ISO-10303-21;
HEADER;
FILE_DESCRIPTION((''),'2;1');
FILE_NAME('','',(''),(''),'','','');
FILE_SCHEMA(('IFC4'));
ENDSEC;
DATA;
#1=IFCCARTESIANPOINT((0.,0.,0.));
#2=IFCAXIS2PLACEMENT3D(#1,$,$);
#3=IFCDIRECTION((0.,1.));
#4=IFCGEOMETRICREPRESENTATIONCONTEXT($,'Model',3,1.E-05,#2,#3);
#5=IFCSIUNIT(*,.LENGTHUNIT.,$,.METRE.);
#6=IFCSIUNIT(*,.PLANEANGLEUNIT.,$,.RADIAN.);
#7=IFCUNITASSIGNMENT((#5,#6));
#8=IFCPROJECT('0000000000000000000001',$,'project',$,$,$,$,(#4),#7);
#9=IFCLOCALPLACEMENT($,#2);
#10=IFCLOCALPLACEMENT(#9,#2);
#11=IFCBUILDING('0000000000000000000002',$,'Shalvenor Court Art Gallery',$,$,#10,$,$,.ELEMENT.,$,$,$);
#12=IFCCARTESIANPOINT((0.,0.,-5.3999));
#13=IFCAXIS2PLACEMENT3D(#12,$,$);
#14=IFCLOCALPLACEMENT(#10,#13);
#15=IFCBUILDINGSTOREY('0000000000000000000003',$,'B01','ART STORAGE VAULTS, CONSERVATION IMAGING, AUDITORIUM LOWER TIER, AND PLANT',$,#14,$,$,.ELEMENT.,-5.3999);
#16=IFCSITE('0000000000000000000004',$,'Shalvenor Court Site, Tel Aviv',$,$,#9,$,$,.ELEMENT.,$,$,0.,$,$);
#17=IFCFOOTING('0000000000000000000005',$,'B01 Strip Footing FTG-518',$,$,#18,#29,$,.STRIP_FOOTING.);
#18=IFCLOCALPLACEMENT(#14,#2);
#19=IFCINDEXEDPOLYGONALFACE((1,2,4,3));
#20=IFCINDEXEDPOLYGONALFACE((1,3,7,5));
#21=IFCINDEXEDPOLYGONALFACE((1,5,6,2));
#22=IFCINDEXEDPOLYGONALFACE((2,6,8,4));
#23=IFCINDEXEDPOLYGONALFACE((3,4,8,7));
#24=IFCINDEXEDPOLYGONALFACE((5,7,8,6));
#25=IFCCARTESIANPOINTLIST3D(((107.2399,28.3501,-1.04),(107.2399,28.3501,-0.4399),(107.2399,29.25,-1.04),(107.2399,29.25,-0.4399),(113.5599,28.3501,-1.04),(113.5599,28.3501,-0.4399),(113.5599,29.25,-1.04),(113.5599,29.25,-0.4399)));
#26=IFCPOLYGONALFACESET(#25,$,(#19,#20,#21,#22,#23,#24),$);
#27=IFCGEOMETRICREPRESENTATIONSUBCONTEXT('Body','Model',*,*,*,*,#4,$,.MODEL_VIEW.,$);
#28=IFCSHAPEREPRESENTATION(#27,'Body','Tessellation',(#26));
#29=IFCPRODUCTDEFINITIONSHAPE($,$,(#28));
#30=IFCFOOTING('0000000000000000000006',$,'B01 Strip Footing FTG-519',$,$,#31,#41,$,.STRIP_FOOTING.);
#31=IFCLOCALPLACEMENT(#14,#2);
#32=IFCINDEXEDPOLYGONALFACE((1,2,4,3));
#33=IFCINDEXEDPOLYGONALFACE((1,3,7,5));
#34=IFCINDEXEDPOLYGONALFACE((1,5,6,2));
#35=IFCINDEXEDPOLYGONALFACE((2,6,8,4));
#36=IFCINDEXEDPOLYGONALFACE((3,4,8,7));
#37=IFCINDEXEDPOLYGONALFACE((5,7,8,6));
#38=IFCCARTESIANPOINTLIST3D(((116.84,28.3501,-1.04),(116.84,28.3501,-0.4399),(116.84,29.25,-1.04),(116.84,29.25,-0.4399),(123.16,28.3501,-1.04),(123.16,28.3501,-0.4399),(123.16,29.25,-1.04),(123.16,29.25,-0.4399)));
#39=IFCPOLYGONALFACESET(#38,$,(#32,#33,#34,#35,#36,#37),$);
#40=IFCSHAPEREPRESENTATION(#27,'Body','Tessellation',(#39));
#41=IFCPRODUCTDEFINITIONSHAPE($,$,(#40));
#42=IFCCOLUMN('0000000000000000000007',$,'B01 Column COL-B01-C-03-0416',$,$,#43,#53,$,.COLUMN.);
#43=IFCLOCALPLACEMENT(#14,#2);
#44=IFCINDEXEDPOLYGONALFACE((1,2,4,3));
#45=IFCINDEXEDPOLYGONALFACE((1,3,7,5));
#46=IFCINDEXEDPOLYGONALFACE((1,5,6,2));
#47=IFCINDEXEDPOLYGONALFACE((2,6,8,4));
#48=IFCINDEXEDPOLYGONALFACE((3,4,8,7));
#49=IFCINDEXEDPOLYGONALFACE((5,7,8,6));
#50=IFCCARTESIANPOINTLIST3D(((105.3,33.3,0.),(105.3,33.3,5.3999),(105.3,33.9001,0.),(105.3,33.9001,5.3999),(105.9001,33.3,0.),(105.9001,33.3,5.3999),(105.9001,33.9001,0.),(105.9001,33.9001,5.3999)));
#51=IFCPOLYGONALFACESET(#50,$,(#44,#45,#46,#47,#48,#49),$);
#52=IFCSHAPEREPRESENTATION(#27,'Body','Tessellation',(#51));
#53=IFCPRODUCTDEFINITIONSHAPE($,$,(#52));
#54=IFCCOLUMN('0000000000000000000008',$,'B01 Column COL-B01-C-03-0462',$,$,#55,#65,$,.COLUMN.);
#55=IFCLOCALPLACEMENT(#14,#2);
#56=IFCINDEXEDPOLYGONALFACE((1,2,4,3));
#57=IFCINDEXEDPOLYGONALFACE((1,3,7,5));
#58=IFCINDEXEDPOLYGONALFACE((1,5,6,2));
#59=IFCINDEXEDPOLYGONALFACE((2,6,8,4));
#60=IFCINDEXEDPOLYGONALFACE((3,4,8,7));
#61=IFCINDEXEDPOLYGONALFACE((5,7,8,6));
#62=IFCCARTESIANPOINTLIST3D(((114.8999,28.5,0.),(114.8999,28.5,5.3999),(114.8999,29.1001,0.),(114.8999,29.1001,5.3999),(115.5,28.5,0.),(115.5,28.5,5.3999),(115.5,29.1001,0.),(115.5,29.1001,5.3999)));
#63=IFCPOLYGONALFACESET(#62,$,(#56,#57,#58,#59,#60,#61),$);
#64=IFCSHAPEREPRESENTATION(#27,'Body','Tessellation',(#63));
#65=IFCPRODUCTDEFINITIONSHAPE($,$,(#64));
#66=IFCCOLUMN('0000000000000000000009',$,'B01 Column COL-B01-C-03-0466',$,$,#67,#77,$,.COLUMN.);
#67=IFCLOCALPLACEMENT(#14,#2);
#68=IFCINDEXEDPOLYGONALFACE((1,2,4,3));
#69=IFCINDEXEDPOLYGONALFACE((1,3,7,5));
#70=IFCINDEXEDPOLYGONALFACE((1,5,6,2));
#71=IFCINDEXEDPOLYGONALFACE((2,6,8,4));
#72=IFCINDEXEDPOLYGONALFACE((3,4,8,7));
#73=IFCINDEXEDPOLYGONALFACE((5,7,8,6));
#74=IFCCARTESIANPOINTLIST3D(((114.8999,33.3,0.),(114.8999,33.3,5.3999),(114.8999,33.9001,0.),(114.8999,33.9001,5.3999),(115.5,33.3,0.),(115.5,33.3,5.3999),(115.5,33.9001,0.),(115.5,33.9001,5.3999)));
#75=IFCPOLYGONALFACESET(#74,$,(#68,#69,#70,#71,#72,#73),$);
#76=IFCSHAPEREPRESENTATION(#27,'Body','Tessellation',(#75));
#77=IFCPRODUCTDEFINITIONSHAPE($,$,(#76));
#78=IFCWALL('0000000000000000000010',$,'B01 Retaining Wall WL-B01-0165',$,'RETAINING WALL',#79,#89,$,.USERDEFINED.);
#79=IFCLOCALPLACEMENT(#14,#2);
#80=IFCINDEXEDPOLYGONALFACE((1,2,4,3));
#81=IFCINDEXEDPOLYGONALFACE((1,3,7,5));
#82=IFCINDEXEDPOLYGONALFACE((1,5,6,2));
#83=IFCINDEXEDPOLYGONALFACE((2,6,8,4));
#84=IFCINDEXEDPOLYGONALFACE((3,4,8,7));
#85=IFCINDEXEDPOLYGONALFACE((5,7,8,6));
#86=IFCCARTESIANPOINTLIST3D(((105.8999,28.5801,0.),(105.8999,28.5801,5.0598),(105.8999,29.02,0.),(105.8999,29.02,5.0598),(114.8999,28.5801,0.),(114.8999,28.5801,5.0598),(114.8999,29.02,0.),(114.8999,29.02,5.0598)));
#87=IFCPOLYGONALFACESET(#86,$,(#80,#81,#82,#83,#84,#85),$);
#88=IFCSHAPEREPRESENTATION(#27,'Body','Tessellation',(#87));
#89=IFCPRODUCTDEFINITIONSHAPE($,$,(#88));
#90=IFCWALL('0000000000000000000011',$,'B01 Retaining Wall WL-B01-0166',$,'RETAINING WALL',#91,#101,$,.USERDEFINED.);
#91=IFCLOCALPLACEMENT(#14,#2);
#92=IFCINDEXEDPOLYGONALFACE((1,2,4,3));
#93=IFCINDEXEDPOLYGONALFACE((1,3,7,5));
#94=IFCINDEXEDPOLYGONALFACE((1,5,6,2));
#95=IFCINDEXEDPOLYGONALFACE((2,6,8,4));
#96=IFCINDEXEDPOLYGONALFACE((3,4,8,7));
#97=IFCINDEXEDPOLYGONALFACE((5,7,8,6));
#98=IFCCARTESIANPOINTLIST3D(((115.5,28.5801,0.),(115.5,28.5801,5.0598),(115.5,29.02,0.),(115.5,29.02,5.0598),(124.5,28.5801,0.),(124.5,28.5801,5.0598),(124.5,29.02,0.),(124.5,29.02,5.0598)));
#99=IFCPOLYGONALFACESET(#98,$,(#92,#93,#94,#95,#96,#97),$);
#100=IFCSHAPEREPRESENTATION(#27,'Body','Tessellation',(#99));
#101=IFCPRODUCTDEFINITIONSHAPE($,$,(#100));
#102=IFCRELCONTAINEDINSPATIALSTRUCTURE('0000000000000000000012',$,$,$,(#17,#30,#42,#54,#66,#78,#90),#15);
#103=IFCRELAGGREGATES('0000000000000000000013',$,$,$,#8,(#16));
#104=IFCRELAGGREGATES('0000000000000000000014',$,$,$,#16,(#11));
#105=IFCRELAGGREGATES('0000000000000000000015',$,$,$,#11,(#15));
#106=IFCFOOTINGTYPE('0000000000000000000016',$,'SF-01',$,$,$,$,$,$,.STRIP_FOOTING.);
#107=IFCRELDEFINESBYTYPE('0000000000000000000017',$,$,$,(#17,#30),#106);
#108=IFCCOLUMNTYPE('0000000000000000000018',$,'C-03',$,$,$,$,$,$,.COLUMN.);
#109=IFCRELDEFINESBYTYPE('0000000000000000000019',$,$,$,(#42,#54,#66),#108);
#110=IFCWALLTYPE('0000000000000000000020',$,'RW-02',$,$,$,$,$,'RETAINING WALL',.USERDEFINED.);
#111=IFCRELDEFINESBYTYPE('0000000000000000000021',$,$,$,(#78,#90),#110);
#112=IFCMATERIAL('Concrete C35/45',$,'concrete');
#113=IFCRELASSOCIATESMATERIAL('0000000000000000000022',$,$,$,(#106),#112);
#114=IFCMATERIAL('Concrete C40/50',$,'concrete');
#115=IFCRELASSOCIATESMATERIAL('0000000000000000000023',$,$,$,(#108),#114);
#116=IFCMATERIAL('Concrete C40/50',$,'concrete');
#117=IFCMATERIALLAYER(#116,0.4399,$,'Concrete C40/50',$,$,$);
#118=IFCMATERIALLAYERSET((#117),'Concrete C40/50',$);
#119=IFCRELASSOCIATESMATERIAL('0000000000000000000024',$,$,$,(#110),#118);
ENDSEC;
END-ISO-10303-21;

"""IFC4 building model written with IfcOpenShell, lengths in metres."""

from ifc_helpers import new_model, si_unit, direction, frame, frame_2d, origin, origin_2d, place, context, subcontext, project, spatial, rectangle, extrude, material, layer, layer_set, material_profile, profile_set, type_object, element, save


model = new_model("IFC4")

# Units and contexts
model_context = context("Model", 3, precision=1e-05, world=origin(), true_north=direction((0.0, 1.0)))
body_context = subcontext(model_context, "Body", "Model", "MODEL_VIEW")
ifc_project = project(units=[si_unit("LENGTHUNIT", "METRE"), si_unit("PLANEANGLEUNIT", "RADIAN")], contexts=[model_context])

# Site, building, storey
site_placement = place(None, origin())
site = spatial("IfcSite", under=ifc_project, at=site_placement, Name="Shalvenor Court Site, Tel Aviv", CompositionType="ELEMENT", RefElevation=0.0)
building_placement = place(site_placement, origin())
building = spatial("IfcBuilding", under=site, at=building_placement, Name="Shalvenor Court Art Gallery", CompositionType="ELEMENT")
storey_placement = place(building_placement, frame((0.0, 0.0, -5.3999)))
storey = spatial("IfcBuildingStorey", under=building, at=storey_placement, Name="B01", Description="ART STORAGE VAULTS, CONSERVATION IMAGING, AUDITORIUM LOWER TIER, AND PLANT", CompositionType="ELEMENT", Elevation=-5.3999)

# Footings
ifc_material_1 = material(Name="Concrete C35/45", Category="concrete")
footing_type_1 = type_object("IfcFootingType", Name="SF-01", PredefinedType="STRIP_FOOTING", material=ifc_material_1)
for number, where, z_axis, x_axis, name in (
    (1, (110.3999, 28.8, -1.04), (0.0, 0.0, 1.0), (1.0, 0.0, 0.0), "B01 Strip Footing FTG-518"),
    (2, (120.0, 28.8, -1.04), (0.0, 0.0, 1.0), (1.0, 0.0, 0.0), "B01 Strip Footing FTG-519"),
):
    element("IfcFooting", number, at=place(storey_placement, frame(where, z_axis=z_axis, x_axis=x_axis)), inside=storey, type_object=footing_type_1, Name=name, PredefinedType="STRIP_FOOTING", context=body_context, shape_type="SweptSolid", body=[
        extrude(rectangle(XDim=6.3201, YDim=0.8999, at=origin_2d()), origin(), (0.0, 0.0, 1.0), 0.6001),
    ])

# Columns
ifc_material_2 = material(Name="Concrete C40/50", Category="concrete")
ifc_material_profile_1 = material_profile(ifc_material_2, rectangle(XDim=0.6001, YDim=0.6001, at=origin_2d()), Name="RC 600x600")
ifc_profile_set_1 = profile_set([ifc_material_profile_1], Name="Concrete C40/50")
column_type = type_object("IfcColumnType", Name="C-03", PredefinedType="COLUMN", material=ifc_profile_set_1)
for number, where, z_axis, x_axis, name in (
    (3, (105.6001, 33.6001, 0.0), (0.0, 0.0, 1.0), (1.0, 0.0, 0.0), "B01 Column COL-B01-C-03-0416"),
    (4, (115.2, 28.8, 0.0), (0.0, 0.0, 1.0), (1.0, 0.0, 0.0), "B01 Column COL-B01-C-03-0462"),
    (5, (115.2, 33.6001, 0.0), (0.0, 0.0, 1.0), (1.0, 0.0, 0.0), "B01 Column COL-B01-C-03-0466"),
):
    element("IfcColumn", number, at=place(storey_placement, frame(where, z_axis=z_axis, x_axis=x_axis)), inside=storey, type_object=column_type, Name=name, PredefinedType="COLUMN", context=body_context, shape_type="SweptSolid", body=[
        extrude(rectangle(XDim=0.6001, YDim=0.6001, at=origin_2d()), origin(), (0.0, 0.0, 1.0), 5.3999),
    ])

# Walls
ifc_material_3 = material(Name="Concrete C40/50", Category="concrete")
ifc_layer = layer(ifc_material_3, 0.4399, Name="Concrete C40/50")
ifc_layer_set = layer_set([ifc_layer], Name="Concrete C40/50")
wall_type = type_object("IfcWallType", Name="RW-02", ElementType="RETAINING WALL", PredefinedType="USERDEFINED", material=ifc_layer_set)
for number, where, z_axis, x_axis, name in (
    (6, (105.8999, 28.8, 0.0), (0.0, 0.0, 1.0), (1.0, 0.0, 0.0), "B01 Retaining Wall WL-B01-0165"),
    (7, (115.5, 28.8, 0.0), (0.0, 0.0, 1.0), (1.0, 0.0, 0.0), "B01 Retaining Wall WL-B01-0166"),
):
    element("IfcWall", number, at=place(storey_placement, frame(where, z_axis=z_axis, x_axis=x_axis)), inside=storey, type_object=wall_type, Name=name, ObjectType="RETAINING WALL", PredefinedType="USERDEFINED", context=body_context, shape_type="SweptSolid", body=[
        extrude(rectangle(XDim=9.0, YDim=0.4399, at=frame_2d((4.5, 0.0))), origin(), (0.0, 0.0, 1.0), 5.0598),
    ])

save(model, "model.ifc")
